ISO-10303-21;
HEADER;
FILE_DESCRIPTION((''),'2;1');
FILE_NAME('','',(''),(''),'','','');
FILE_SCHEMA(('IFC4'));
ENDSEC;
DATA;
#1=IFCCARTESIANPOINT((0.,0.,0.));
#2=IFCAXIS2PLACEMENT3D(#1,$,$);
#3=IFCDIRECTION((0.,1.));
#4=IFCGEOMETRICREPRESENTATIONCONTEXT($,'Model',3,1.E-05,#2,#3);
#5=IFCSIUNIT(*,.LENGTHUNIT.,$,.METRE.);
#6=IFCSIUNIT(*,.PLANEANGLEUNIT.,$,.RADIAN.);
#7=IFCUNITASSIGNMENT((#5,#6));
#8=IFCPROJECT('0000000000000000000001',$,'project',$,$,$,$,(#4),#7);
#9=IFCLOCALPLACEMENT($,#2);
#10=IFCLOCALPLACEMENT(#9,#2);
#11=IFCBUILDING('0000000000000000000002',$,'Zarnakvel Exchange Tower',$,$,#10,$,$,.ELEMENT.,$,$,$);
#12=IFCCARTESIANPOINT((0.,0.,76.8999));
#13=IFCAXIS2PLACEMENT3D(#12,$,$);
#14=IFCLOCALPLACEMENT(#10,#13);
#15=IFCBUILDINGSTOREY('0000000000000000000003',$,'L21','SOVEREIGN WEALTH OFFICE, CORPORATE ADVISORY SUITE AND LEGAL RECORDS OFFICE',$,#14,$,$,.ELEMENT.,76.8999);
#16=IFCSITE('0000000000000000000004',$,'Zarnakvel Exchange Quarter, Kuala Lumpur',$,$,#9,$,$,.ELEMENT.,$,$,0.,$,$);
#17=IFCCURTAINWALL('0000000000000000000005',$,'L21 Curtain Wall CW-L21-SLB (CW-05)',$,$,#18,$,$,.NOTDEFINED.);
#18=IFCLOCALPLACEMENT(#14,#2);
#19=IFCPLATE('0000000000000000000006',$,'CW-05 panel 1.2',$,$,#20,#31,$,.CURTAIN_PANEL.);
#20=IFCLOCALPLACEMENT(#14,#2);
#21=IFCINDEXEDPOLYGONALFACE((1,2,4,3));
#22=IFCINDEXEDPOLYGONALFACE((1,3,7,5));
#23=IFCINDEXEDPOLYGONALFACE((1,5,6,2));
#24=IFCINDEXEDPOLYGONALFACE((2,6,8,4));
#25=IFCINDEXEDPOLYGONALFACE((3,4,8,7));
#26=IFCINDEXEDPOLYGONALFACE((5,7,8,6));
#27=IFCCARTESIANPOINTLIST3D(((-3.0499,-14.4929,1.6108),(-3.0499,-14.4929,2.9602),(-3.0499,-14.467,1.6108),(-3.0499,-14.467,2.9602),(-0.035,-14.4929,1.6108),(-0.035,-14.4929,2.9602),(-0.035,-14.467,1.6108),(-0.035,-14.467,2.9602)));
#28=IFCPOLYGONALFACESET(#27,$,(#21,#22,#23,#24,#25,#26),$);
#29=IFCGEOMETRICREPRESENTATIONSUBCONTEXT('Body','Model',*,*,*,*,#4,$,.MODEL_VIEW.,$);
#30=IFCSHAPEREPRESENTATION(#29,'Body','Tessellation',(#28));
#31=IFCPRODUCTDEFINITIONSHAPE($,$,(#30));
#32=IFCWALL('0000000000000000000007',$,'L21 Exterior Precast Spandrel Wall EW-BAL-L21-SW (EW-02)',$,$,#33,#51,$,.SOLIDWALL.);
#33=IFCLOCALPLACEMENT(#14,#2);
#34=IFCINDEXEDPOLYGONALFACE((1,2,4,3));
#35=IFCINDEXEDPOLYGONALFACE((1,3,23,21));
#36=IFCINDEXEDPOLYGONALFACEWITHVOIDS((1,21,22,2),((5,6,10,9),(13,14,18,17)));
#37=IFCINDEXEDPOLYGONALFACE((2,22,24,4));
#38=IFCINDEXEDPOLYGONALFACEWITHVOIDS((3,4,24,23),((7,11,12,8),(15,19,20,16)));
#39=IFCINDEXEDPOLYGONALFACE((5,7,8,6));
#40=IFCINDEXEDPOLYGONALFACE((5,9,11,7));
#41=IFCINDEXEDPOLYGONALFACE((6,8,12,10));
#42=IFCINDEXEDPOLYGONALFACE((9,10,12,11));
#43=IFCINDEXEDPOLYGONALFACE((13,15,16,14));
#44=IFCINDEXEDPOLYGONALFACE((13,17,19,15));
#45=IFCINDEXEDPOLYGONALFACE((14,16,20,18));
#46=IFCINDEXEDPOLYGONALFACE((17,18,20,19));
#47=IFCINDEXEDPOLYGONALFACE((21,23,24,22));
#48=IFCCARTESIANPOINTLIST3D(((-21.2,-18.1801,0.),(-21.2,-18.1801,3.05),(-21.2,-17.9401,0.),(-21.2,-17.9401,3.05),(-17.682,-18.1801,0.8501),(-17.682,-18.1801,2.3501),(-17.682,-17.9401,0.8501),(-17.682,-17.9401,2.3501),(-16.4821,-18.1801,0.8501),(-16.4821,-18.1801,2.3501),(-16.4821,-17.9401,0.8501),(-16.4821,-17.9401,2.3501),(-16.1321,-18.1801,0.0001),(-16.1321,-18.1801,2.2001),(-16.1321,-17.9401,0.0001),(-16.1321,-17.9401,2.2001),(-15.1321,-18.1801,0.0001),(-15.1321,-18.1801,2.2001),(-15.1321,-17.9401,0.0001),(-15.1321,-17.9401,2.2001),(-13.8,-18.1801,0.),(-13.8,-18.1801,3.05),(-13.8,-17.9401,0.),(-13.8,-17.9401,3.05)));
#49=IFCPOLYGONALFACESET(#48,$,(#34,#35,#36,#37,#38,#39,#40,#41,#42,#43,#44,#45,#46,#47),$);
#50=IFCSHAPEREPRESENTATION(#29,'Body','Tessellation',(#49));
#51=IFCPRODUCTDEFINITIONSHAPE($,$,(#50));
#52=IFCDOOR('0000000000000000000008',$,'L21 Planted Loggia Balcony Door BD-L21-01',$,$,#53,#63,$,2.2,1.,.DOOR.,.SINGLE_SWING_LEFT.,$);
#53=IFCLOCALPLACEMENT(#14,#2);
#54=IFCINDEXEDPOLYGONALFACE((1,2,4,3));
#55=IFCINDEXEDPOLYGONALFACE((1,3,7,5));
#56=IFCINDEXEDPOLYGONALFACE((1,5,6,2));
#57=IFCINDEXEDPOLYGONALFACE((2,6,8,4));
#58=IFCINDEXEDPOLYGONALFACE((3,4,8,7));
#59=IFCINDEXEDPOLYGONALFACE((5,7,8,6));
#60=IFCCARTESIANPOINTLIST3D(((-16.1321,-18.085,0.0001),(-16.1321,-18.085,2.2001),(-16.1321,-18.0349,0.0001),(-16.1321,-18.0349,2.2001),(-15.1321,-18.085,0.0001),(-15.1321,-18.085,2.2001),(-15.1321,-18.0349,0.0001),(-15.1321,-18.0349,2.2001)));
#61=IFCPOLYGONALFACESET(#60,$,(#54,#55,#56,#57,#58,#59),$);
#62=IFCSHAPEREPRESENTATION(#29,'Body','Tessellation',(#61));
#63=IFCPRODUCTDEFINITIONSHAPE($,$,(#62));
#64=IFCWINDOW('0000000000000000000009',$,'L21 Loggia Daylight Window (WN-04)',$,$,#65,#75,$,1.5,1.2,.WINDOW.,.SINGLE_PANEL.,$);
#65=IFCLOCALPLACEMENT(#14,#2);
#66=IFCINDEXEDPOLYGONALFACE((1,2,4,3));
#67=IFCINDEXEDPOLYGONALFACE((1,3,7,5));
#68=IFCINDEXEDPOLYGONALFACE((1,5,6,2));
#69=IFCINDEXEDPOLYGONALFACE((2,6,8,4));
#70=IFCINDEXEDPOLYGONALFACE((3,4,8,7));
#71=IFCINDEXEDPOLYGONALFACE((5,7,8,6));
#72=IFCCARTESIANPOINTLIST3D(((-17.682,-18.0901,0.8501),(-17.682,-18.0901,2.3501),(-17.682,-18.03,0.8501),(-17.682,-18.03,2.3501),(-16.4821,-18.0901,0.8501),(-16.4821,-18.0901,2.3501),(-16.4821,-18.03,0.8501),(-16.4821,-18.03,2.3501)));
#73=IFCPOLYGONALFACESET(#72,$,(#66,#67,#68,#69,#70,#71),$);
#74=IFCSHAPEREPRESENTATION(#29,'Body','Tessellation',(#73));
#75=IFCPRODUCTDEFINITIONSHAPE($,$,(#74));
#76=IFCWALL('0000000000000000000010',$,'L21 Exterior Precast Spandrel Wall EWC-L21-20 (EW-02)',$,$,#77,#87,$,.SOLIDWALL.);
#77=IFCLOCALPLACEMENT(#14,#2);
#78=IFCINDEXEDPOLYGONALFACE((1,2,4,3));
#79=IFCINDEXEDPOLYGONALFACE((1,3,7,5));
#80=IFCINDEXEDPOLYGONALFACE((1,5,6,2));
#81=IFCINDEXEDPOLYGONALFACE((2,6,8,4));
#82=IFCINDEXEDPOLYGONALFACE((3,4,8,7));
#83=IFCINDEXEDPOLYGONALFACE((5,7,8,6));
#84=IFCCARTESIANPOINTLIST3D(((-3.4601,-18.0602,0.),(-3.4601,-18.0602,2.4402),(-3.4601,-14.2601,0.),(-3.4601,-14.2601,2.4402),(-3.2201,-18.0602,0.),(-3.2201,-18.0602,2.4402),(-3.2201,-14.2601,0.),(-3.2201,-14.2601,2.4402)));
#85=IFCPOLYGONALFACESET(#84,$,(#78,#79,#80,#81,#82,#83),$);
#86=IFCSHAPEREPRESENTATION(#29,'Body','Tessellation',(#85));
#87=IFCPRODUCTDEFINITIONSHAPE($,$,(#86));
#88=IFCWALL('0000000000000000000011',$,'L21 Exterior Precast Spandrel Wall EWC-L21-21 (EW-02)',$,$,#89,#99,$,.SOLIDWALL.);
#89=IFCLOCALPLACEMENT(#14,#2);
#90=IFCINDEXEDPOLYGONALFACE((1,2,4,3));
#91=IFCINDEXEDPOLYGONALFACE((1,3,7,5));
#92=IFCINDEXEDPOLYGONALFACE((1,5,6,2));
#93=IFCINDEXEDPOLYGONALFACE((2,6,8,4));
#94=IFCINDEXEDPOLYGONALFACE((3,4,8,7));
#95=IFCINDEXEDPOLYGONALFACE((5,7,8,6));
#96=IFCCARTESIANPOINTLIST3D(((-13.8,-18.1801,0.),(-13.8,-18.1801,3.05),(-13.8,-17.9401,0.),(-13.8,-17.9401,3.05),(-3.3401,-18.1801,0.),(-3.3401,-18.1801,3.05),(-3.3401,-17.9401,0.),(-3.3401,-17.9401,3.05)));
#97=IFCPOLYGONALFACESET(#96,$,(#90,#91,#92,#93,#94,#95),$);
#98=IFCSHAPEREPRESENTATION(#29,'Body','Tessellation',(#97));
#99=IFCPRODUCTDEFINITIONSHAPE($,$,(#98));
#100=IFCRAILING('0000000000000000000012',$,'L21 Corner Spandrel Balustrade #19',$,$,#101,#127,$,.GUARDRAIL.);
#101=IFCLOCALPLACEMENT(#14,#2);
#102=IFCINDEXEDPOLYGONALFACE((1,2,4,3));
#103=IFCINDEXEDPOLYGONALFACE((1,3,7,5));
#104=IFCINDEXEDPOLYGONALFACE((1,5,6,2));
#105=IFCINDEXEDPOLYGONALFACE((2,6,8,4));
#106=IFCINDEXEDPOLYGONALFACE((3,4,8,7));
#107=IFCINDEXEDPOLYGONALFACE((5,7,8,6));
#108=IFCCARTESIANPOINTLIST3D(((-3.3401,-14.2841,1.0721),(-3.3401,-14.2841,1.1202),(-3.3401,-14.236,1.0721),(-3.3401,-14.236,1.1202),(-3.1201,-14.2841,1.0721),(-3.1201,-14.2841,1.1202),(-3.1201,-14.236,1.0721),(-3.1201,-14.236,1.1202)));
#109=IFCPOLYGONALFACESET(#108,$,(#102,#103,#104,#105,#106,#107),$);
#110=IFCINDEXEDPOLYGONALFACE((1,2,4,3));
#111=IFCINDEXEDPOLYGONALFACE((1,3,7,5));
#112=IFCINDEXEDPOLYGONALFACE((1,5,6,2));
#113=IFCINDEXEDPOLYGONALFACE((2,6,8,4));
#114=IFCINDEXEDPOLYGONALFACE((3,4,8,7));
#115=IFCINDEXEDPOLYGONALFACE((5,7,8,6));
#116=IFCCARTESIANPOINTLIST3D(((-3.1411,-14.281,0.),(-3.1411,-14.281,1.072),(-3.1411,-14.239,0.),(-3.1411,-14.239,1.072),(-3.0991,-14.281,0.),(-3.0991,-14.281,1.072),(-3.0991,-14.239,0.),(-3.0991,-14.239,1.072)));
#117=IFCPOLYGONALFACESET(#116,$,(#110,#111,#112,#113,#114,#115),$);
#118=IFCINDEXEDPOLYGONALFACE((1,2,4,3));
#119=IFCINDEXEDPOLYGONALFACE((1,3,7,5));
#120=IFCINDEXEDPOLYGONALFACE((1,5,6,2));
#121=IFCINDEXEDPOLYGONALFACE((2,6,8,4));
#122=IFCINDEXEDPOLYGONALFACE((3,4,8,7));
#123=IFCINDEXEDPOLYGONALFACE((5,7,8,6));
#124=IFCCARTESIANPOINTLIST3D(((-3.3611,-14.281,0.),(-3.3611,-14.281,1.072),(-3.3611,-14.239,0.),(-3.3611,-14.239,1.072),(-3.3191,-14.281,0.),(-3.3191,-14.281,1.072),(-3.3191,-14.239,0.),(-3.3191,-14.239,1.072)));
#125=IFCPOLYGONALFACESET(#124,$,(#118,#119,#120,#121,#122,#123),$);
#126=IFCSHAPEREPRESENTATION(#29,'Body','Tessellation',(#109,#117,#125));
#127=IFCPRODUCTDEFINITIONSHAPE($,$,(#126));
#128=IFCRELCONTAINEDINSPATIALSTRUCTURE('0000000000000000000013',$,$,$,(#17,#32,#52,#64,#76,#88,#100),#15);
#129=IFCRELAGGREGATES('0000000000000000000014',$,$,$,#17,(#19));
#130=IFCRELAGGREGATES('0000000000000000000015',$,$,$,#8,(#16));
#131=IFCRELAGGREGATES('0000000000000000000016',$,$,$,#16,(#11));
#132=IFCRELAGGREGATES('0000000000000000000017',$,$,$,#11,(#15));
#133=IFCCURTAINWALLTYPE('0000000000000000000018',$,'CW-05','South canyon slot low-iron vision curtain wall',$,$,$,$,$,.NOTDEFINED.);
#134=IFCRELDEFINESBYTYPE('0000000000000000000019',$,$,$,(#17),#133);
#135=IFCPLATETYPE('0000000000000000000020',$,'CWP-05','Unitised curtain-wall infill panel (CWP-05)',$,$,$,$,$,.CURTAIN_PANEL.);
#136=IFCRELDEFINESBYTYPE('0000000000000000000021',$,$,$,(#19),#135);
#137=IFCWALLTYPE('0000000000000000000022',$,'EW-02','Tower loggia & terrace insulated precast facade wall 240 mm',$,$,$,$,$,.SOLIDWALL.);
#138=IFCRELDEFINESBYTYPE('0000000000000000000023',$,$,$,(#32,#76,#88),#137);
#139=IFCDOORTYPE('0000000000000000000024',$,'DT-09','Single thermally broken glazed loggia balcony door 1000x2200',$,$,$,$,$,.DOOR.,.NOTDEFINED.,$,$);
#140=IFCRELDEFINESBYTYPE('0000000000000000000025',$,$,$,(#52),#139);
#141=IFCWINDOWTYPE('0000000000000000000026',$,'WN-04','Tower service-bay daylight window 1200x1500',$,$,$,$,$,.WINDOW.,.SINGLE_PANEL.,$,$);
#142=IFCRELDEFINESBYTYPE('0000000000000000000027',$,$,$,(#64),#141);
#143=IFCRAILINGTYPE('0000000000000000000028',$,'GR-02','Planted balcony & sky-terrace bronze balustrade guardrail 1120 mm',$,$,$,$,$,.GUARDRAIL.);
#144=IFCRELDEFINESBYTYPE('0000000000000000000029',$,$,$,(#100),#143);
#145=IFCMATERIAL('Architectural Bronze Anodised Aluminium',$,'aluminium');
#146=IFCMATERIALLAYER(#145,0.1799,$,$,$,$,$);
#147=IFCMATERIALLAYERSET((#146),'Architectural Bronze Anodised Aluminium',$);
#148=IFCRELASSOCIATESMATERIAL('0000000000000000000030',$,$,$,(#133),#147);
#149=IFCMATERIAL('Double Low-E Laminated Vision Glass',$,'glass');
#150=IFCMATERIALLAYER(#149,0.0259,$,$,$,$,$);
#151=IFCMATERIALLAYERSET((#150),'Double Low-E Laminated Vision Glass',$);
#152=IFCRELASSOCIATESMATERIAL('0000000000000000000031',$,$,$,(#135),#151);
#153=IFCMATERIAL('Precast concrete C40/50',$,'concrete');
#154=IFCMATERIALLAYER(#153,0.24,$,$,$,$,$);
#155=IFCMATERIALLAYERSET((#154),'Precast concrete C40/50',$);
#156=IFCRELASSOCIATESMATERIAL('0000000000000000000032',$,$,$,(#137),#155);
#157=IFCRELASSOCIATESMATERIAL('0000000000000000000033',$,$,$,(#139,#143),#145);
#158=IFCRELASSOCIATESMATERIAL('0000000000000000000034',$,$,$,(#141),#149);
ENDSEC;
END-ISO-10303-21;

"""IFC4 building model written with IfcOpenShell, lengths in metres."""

from ifc_helpers import new_model, si_unit, direction, frame, frame_2d, origin, origin_2d, place, context, subcontext, project, spatial, rectangle, extrude, source, transform, mapped, material, layer, layer_set, type_object, element, fill, aggregate, save


model = new_model("IFC4")

# Units and contexts
model_context = context("Model", 3, precision=1e-05, world=origin(), true_north=direction((0.0, 1.0)))
body_context = subcontext(model_context, "Body", "Model", "MODEL_VIEW")
ifc_project = project(units=[si_unit("LENGTHUNIT", "METRE"), si_unit("PLANEANGLEUNIT", "RADIAN")], contexts=[model_context])

# Site, building, storey
site_placement = place(None, origin())
site = spatial("IfcSite", under=ifc_project, at=site_placement, Name="Zarnakvel Exchange Quarter, Kuala Lumpur", CompositionType="ELEMENT", RefElevation=0.0)
building_placement = place(site_placement, origin())
building = spatial("IfcBuilding", under=site, at=building_placement, Name="Zarnakvel Exchange Tower", CompositionType="ELEMENT")
storey_placement = place(building_placement, frame((0.0, 0.0, 76.8999)))
storey = spatial("IfcBuildingStorey", under=building, at=storey_placement, Name="L21", Description="SOVEREIGN WEALTH OFFICE, CORPORATE ADVISORY SUITE AND LEGAL RECORDS OFFICE", CompositionType="ELEMENT", Elevation=76.8999)

# Curtain wall
ifc_material_1 = material(Name="Architectural Bronze Anodised Aluminium", Category="aluminium")
ifc_layer_1 = layer(ifc_material_1, 0.1799)
ifc_layer_set_1 = layer_set([ifc_layer_1], Name="Architectural Bronze Anodised Aluminium")
curtain_wall_type = type_object("IfcCurtainWallType", Name="CW-05", Description="South canyon slot low-iron vision curtain wall", PredefinedType="NOTDEFINED", material=ifc_layer_set_1)
curtain_wall_1_placement = place(storey_placement, origin())
curtain_wall_1 = element("IfcCurtainWall", 1, at=curtain_wall_1_placement, inside=storey, type_object=curtain_wall_type, Name="L21 Curtain Wall CW-L21-SLB (CW-05)", PredefinedType="NOTDEFINED")

# Plate
ifc_material_2 = material(Name="Double Low-E Laminated Vision Glass", Category="glass")
ifc_layer_2 = layer(ifc_material_2, 0.0259)
ifc_layer_set_2 = layer_set([ifc_layer_2], Name="Double Low-E Laminated Vision Glass")
plate_type = type_object("IfcPlateType", Name="CWP-05", Description="Unitised curtain-wall infill panel (CWP-05)", PredefinedType="CURTAIN_PANEL", material=ifc_layer_set_2)
shared_shape_1 = source(origin(), body_context, "Body", "SweptSolid", [
    extrude(rectangle(XDim=3.0149, YDim=0.0259, at=origin_2d()), origin(), (0.0, 0.0, 1.0), 1.3494),
])
plate_1_placement = place(storey_placement, frame((-1.5425, -14.48, 1.6108), z_axis=(0.0, 0.0, 1.0), x_axis=(1.0, 0.0, 0.0)))
plate_1 = element("IfcPlate", 2, at=plate_1_placement, type_object=plate_type, Name="CW-05 panel 1.2", PredefinedType="CURTAIN_PANEL", context=body_context, shape_type="MappedRepresentation", body=[
    mapped(shared_shape_1, transform((0.0, 0.0, 0.0), x_axis=(1.0, 0.0, 0.0), y_axis=(0.0, 1.0, 0.0), z_axis=(0.0, 0.0, 1.0), scale=1.0)),
])
aggregate(curtain_wall_1, [plate_1])

# Wall, openings, door, window
ifc_material_3 = material(Name="Precast concrete C40/50", Category="concrete")
ifc_layer_3 = layer(ifc_material_3, 0.24)
ifc_layer_set_3 = layer_set([ifc_layer_3], Name="Precast concrete C40/50")
wall_type = type_object("IfcWallType", Name="EW-02", Description="Tower loggia & terrace insulated precast facade wall 240 mm", PredefinedType="SOLIDWALL", material=ifc_layer_set_3)
wall_1_placement = place(storey_placement, frame((-13.8, -18.0601, 0.0), z_axis=(0.0, 0.0, 1.0), x_axis=(-1.0, 0.0, 0.0)))
wall_1 = element("IfcWall", 3, at=wall_1_placement, inside=storey, type_object=wall_type, Name="L21 Exterior Precast Spandrel Wall EW-BAL-L21-SW (EW-02)", PredefinedType="SOLIDWALL", context=body_context, shape_type="SweptSolid", body=[
    extrude(rectangle(XDim=7.3999, YDim=0.24, at=frame_2d((3.7, 0.0))), origin(), (0.0, 0.0, 1.0), 3.05),
])
opening_1_placement = place(wall_1_placement, frame((1.332, 0.0, 0.0)))
opening_1 = element("IfcOpeningElement", 4, at=opening_1_placement, cuts=wall_1, PredefinedType="OPENING", context=body_context, shape_type="SweptSolid", body=[
    extrude(rectangle(XDim=1.0, YDim=2.2, at=frame_2d((0.5, 1.1001))), frame((0.0, 0.1299, 0.0), z_axis=(0.0, -1.0, 0.0), x_axis=(1.0, 0.0, 0.0)), (0.0, 0.0, 1.0), 0.26),
])
opening_2_placement = place(wall_1_placement, frame((2.6819, 0.0, 0.8501)))
opening_2 = element("IfcOpeningElement", 5, at=opening_2_placement, cuts=wall_1, PredefinedType="OPENING", context=body_context, shape_type="SweptSolid", body=[
    extrude(rectangle(XDim=1.2, YDim=1.5, at=frame_2d((0.6001, 0.75))), frame((0.0, 0.1299, 0.0), z_axis=(0.0, -1.0, 0.0), x_axis=(1.0, 0.0, 0.0)), (0.0, 0.0, 1.0), 0.26),
])
door_type = type_object("IfcDoorType", Name="DT-09", Description="Single thermally broken glazed loggia balcony door 1000x2200", OperationType="NOTDEFINED", PredefinedType="DOOR", material=ifc_material_1)
shared_shape_2 = source(origin(), body_context, "Body", "SweptSolid", [
    extrude(rectangle(XDim=1.0, YDim=2.2, at=frame_2d((0.5, 1.1001))), frame((0.0, 0.0249, 0.0), z_axis=(0.0, -1.0, 0.0), x_axis=(1.0, 0.0, 0.0)), (0.0, 0.0, 1.0), 0.05),
])
door_placement = place(opening_1_placement, origin())
door = element("IfcDoor", 6, at=door_placement, inside=storey, type_object=door_type, Name="L21 Planted Loggia Balcony Door BD-L21-01", OperationType="SINGLE_SWING_LEFT", OverallHeight=2.2, OverallWidth=1.0, PredefinedType="DOOR", context=body_context, shape_type="MappedRepresentation", body=[
    mapped(shared_shape_2, transform((0.0, 0.0, 0.0), x_axis=(1.0, 0.0, 0.0), y_axis=(0.0, 1.0, 0.0), z_axis=(0.0, 0.0, 1.0), scale=1.0)),
])
fill(opening_1, door)
window_type = type_object("IfcWindowType", Name="WN-04", Description="Tower service-bay daylight window 1200x1500", PartitioningType="SINGLE_PANEL", PredefinedType="WINDOW", material=ifc_material_2)
shared_shape_3 = source(origin(), body_context, "Body", "SweptSolid", [
    extrude(rectangle(XDim=1.2, YDim=1.5, at=frame_2d((0.6001, 0.75))), frame((0.0, 0.03, 0.0), z_axis=(0.0, -1.0, 0.0), x_axis=(1.0, 0.0, 0.0)), (0.0, 0.0, 1.0), 0.0601),
])
window_placement = place(opening_2_placement, origin())
window = element("IfcWindow", 7, at=window_placement, inside=storey, type_object=window_type, Name="L21 Loggia Daylight Window (WN-04)", OverallHeight=1.5, OverallWidth=1.2, PartitioningType="SINGLE_PANEL", PredefinedType="WINDOW", context=body_context, shape_type="MappedRepresentation", body=[
    mapped(shared_shape_3, transform((0.0, 0.0, 0.0), x_axis=(1.0, 0.0, 0.0), y_axis=(0.0, 1.0, 0.0), z_axis=(0.0, 0.0, 1.0), scale=1.0)),
])
fill(opening_2, window)

# Walls
wall_2_placement = place(storey_placement, frame((-3.3401, -18.0601, 0.0), z_axis=(0.0, 0.0, 1.0), x_axis=(0.0, 1.0, 0.0)))
element("IfcWall", 8, at=wall_2_placement, inside=storey, type_object=wall_type, Name="L21 Exterior Precast Spandrel Wall EWC-L21-20 (EW-02)", PredefinedType="SOLIDWALL", context=body_context, shape_type="SweptSolid", body=[
    extrude(rectangle(XDim=3.8, YDim=0.24, at=frame_2d((1.8999, 0.0))), origin(), (0.0, 0.0, 1.0), 2.4402),
])
wall_3_placement = place(storey_placement, frame((-13.8, -18.0601, 0.0), z_axis=(0.0, 0.0, 1.0), x_axis=(1.0, 0.0, 0.0)))
element("IfcWall", 9, at=wall_3_placement, inside=storey, type_object=wall_type, Name="L21 Exterior Precast Spandrel Wall EWC-L21-21 (EW-02)", PredefinedType="SOLIDWALL", context=body_context, shape_type="SweptSolid", body=[
    extrude(rectangle(XDim=10.46, YDim=0.24, at=frame_2d((5.23, 0.0))), origin(), (0.0, 0.0, 1.0), 3.05),
])

# Railing
railing_type_1 = type_object("IfcRailingType", Name="GR-02", Description="Planted balcony & sky-terrace bronze balustrade guardrail 1120 mm", PredefinedType="GUARDRAIL", material=ifc_material_1)
railing_1_placement = place(storey_placement, frame((-3.1201, -14.26, 0.0)))
element("IfcRailing", 10, at=railing_1_placement, inside=storey, type_object=railing_type_1, Name="L21 Corner Spandrel Balustrade #19", PredefinedType="GUARDRAIL", context=body_context, shape_type="SweptSolid", body=[
    extrude(rectangle(XDim=0.0481, YDim=0.0481, at=origin_2d()), frame((0.0, 0.0, 1.0962), z_axis=(-1.0, 0.0, 0.0), x_axis=(0.0, -1.0, 0.0)), (0.0, 0.0, 1.0), 0.22),
    extrude(rectangle(XDim=0.042, YDim=0.042, at=origin_2d()), origin(), (0.0, 0.0, 1.0), 1.072),
    extrude(rectangle(XDim=0.042, YDim=0.042, at=origin_2d()), frame((-0.22, 0.0, 0.0)), (0.0, 0.0, 1.0), 1.072),
])

save(model, "model.ifc")
